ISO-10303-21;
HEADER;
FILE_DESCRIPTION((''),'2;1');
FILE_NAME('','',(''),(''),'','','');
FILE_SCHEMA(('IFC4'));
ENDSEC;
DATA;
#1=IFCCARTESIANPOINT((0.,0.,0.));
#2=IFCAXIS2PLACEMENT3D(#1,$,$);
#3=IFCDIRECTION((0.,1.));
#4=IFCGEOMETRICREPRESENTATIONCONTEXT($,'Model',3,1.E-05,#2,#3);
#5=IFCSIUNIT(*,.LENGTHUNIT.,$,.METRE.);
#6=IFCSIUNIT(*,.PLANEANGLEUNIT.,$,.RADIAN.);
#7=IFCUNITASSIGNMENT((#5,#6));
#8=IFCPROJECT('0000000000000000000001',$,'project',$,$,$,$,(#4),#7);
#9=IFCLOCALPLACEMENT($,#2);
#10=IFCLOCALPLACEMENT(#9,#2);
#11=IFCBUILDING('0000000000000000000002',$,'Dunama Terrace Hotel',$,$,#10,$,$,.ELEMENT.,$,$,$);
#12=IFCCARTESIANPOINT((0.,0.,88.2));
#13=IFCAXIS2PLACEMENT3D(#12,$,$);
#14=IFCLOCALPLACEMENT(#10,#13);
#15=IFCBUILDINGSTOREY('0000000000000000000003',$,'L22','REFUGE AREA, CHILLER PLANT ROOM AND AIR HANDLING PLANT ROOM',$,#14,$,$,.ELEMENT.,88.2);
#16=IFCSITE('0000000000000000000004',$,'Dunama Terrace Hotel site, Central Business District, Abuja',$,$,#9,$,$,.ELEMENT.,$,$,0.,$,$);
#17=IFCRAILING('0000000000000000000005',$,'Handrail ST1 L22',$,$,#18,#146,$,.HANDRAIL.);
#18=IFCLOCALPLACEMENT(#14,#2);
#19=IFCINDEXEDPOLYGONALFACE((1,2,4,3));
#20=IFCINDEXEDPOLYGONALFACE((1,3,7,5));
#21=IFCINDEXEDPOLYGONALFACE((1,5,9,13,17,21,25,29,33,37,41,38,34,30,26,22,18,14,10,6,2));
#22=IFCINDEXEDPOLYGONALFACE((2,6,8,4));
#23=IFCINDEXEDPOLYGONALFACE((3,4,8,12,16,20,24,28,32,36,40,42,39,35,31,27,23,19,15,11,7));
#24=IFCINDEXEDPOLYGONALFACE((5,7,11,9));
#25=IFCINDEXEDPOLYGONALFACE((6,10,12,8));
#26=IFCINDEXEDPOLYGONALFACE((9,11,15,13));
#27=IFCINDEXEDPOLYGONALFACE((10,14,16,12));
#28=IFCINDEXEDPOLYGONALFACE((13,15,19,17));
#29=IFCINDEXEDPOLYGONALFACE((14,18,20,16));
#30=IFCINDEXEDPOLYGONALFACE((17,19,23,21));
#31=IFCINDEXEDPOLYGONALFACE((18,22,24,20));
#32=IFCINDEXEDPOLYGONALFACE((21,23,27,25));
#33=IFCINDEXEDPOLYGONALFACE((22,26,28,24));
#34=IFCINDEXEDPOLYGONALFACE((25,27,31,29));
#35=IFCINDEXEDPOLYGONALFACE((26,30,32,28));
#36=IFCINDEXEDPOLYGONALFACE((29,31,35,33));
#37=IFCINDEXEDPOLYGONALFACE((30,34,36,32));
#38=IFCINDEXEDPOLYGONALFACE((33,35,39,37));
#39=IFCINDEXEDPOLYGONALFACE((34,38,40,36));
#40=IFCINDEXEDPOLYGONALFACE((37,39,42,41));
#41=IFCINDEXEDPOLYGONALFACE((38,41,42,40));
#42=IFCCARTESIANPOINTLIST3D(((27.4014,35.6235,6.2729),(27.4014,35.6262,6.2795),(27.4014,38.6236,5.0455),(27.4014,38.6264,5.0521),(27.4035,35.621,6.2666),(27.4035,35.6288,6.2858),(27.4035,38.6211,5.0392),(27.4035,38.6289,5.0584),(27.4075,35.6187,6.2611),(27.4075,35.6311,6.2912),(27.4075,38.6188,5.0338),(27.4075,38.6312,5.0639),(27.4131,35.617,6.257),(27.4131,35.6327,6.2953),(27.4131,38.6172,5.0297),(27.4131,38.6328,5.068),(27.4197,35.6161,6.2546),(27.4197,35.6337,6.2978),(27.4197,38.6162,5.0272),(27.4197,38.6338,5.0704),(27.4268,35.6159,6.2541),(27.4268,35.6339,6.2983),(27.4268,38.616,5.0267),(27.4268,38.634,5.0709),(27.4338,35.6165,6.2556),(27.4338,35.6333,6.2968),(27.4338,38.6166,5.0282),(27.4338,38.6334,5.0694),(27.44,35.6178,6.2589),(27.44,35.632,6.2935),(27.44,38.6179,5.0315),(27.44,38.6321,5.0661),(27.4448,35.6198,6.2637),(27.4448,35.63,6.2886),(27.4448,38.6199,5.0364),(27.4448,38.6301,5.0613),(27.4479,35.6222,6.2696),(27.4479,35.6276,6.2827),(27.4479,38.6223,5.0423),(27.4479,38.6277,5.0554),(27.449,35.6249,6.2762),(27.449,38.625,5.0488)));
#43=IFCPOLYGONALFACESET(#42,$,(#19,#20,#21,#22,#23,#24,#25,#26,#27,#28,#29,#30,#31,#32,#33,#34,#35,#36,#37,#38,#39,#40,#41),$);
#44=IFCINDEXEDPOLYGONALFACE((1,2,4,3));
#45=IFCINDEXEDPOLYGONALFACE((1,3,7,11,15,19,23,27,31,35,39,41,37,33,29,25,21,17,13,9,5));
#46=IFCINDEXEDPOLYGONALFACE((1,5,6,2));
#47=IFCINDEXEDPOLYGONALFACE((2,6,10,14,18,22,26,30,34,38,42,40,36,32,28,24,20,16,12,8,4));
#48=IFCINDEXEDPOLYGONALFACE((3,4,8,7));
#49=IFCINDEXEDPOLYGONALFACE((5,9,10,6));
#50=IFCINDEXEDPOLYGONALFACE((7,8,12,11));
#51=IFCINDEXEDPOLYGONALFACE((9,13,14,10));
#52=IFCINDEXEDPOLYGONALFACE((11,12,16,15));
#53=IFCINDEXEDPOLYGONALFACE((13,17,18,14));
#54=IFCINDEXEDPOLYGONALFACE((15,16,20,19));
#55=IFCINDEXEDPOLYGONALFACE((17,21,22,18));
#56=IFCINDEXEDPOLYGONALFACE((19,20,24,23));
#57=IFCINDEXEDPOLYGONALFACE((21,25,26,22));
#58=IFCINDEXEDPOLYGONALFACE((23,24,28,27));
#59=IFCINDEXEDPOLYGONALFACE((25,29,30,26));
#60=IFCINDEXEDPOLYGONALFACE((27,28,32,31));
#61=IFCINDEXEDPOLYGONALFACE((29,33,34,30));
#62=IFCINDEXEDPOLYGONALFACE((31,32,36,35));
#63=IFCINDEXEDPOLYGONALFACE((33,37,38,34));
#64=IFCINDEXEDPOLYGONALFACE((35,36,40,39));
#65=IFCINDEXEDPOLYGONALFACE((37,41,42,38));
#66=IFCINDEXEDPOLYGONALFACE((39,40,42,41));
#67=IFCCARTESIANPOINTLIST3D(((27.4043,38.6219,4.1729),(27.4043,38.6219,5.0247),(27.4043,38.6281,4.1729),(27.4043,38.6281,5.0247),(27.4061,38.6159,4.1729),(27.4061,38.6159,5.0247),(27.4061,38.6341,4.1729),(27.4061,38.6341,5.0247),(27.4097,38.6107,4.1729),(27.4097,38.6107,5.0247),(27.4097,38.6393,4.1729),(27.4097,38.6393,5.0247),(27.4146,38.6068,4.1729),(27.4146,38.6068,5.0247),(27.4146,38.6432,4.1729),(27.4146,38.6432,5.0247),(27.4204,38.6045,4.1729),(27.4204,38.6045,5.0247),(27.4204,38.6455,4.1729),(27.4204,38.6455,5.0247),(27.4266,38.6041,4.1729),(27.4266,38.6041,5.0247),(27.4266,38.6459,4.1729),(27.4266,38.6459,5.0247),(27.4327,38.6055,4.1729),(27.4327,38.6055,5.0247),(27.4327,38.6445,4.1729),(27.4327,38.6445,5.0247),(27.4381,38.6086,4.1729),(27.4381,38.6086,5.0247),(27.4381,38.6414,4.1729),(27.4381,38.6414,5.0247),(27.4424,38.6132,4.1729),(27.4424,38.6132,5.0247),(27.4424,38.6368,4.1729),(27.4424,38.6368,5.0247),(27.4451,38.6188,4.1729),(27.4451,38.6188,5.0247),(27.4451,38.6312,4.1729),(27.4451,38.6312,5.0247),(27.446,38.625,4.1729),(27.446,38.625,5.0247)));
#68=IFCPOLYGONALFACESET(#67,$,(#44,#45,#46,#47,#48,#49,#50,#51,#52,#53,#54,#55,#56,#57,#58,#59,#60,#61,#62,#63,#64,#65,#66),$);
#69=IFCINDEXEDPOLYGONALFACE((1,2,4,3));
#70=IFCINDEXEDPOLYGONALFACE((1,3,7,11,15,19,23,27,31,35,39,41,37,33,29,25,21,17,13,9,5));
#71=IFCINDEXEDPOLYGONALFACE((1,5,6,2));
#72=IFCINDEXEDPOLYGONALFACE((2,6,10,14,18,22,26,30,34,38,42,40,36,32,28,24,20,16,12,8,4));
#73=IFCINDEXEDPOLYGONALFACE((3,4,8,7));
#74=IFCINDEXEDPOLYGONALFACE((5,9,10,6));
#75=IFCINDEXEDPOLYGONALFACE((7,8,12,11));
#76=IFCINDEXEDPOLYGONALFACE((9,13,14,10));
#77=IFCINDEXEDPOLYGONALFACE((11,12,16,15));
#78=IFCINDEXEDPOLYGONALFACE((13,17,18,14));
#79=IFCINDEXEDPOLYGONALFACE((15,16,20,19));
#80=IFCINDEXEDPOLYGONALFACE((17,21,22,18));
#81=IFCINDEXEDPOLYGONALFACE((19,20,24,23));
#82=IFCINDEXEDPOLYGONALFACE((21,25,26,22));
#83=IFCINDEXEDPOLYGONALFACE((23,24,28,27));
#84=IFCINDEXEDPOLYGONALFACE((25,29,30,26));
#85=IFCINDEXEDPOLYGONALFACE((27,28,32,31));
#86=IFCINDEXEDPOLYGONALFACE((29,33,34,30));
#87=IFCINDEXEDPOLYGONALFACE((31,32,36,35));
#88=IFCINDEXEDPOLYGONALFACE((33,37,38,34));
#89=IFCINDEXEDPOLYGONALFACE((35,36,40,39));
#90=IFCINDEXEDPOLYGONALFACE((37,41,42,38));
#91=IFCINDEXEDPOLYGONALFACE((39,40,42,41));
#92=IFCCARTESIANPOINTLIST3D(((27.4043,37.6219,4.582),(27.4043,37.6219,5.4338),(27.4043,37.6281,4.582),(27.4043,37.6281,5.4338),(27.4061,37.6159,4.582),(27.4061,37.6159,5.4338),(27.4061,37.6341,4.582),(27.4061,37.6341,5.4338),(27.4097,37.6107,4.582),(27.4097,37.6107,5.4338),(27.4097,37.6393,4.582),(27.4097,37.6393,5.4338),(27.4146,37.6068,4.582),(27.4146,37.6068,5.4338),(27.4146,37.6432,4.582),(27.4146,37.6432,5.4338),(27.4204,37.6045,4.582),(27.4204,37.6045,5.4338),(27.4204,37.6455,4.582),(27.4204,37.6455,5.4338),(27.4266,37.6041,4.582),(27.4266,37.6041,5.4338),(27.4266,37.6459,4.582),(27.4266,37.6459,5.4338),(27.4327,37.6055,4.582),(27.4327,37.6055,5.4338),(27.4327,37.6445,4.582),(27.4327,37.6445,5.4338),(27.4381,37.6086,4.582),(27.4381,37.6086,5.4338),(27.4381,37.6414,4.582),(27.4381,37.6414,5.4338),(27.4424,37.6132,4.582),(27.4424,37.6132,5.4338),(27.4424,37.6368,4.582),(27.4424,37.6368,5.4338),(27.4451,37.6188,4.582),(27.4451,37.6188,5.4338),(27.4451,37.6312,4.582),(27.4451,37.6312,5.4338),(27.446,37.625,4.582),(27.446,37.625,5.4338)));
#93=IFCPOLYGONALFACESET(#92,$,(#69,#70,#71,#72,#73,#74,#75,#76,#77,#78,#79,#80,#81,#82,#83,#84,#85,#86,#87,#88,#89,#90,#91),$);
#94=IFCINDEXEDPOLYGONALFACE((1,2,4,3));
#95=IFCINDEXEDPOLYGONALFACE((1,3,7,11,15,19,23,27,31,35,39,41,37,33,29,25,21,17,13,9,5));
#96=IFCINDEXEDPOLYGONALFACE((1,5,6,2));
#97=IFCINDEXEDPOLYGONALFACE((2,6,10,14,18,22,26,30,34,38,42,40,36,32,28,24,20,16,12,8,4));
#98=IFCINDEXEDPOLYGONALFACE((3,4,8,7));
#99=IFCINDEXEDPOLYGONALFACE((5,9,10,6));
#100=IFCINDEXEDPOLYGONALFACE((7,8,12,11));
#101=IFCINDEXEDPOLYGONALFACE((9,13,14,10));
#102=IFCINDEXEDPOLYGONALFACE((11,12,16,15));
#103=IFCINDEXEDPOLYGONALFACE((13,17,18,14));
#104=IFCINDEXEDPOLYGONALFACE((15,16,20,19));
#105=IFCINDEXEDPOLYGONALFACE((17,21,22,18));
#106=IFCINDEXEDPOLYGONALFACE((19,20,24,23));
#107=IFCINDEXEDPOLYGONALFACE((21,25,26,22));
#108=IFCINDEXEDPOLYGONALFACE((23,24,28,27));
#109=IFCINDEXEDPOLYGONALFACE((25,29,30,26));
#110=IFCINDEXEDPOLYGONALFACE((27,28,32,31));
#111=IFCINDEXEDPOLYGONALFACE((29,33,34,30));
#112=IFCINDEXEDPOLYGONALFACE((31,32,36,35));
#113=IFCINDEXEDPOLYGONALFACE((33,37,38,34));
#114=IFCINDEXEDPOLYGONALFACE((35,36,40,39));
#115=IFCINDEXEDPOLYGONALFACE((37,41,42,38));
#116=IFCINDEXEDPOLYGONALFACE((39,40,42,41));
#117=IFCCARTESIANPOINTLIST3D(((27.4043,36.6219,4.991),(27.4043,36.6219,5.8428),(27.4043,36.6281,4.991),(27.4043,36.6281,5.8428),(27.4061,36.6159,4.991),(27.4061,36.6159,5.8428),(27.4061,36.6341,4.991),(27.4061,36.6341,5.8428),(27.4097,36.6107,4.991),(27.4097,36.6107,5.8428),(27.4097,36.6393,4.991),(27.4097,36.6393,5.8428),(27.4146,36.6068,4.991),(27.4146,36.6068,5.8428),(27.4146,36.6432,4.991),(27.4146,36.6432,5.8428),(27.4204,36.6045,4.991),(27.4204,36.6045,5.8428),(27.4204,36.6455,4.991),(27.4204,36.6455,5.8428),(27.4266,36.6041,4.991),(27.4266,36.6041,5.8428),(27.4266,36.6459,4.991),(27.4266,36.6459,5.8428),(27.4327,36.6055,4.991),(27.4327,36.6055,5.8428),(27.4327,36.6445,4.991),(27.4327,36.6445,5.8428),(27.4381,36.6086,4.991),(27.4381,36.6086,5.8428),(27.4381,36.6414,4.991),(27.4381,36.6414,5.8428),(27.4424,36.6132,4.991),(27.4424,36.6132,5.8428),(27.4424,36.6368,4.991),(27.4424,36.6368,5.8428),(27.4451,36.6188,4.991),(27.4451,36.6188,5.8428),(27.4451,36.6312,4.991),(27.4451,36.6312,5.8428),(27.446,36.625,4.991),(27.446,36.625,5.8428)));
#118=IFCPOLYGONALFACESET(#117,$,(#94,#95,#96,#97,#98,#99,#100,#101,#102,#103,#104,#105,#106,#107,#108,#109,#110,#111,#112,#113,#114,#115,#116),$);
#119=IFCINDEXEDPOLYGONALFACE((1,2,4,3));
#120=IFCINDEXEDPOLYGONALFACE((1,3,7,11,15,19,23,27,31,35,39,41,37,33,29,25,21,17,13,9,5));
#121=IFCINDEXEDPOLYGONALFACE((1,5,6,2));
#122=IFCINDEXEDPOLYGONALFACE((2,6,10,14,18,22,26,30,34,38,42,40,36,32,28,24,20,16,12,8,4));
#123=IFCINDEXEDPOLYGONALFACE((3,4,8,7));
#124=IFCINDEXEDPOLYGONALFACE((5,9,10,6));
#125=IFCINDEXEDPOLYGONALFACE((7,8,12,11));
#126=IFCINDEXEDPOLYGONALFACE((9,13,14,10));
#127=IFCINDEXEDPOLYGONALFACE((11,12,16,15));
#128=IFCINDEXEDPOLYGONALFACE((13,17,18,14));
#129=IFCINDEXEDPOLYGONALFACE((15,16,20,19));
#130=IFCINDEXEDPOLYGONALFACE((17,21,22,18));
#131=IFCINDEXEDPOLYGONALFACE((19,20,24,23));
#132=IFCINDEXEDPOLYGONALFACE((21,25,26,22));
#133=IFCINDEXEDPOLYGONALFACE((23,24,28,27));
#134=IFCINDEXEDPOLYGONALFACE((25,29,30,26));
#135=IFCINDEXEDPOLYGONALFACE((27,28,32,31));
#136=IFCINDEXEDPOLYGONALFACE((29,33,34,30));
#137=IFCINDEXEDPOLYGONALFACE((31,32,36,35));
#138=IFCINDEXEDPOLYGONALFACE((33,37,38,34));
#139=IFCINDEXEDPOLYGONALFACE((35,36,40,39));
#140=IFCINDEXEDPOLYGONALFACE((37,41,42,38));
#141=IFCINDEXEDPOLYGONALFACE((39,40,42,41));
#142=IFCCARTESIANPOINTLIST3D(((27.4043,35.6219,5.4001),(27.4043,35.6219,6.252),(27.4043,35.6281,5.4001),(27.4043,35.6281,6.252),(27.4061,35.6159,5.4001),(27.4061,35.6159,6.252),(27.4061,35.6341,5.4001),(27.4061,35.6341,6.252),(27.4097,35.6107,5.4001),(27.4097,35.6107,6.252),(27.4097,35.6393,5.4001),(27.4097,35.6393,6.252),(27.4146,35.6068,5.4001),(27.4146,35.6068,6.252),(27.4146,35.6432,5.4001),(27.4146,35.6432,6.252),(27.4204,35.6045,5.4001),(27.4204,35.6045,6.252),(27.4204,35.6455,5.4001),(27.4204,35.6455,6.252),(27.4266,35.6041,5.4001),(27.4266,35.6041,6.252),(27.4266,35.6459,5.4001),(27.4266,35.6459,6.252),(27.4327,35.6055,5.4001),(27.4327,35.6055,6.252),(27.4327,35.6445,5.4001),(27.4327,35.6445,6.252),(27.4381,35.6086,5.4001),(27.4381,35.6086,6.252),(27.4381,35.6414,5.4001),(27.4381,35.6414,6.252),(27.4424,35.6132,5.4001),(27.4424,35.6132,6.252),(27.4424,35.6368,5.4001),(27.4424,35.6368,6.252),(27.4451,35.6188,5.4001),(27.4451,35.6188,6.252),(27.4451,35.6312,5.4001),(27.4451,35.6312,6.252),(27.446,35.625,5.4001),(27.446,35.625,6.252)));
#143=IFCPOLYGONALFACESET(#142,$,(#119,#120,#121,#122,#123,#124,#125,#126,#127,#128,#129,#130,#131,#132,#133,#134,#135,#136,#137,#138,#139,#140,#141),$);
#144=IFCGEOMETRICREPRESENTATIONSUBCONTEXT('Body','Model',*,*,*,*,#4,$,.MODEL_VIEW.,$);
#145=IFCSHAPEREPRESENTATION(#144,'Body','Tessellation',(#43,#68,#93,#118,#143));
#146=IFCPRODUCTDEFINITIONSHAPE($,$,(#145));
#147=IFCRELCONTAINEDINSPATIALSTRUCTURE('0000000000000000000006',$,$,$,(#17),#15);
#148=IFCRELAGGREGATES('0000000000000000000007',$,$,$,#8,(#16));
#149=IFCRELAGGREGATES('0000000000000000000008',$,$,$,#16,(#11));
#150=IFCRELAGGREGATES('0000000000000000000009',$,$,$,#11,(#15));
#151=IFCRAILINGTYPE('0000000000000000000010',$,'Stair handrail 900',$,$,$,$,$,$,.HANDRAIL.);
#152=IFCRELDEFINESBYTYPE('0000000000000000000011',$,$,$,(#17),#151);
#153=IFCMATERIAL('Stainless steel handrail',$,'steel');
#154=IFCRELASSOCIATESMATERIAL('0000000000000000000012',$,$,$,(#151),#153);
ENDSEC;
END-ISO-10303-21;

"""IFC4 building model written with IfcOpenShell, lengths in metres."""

from ifc_helpers import new_model, si_unit, direction, frame, origin, origin_2d, place, context, subcontext, project, spatial, circle, extrude, material, type_object, element, save


model = new_model("IFC4")

# Units and contexts
model_context = context("Model", 3, precision=1e-05, world=origin(), true_north=direction((0.0, 1.0)))
body_context = subcontext(model_context, "Body", "Model", "MODEL_VIEW")
ifc_project = project(units=[si_unit("LENGTHUNIT", "METRE"), si_unit("PLANEANGLEUNIT", "RADIAN")], contexts=[model_context])

# Site, building, storey
site_placement = place(None, origin())
site = spatial("IfcSite", under=ifc_project, at=site_placement, Name="Dunama Terrace Hotel site, Central Business District, Abuja", CompositionType="ELEMENT", RefElevation=0.0)
building_placement = place(site_placement, origin())
building = spatial("IfcBuilding", under=site, at=building_placement, Name="Dunama Terrace Hotel", CompositionType="ELEMENT")
storey_placement = place(building_placement, frame((0.0, 0.0, 88.2)))
storey = spatial("IfcBuildingStorey", under=building, at=storey_placement, Name="L22", Description="REFUGE AREA, CHILLER PLANT ROOM AND AIR HANDLING PLANT ROOM", CompositionType="ELEMENT", Elevation=88.2)

# Railing
ifc_material_1 = material(Name="Stainless steel handrail", Category="steel")
railing_type = type_object("IfcRailingType", Name="Stair handrail 900", PredefinedType="HANDRAIL", material=ifc_material_1)
railing_1_placement = place(storey_placement, frame((27.425, 38.625, 4.1729)))
element("IfcRailing", 1, at=railing_1_placement, inside=storey, type_object=railing_type, Name="Handrail ST1 L22", PredefinedType="HANDRAIL", context=body_context, shape_type="SweptSolid", body=[
    extrude(circle(Radius=0.0239, at=origin_2d()), frame((0.0, 0.0, 0.876), z_axis=(0.0, -0.925545, 0.378639), x_axis=(1.0, 0.0, 0.0)), (0.0, 0.0, 1.0), 3.2415),
    extrude(circle(Radius=0.021, at=origin_2d()), origin(), (0.0, 0.0, 1.0), 0.8518),
    extrude(circle(Radius=0.021, at=origin_2d()), frame((0.0, -1.0, 0.4092)), (0.0, 0.0, 1.0), 0.8518),
    extrude(circle(Radius=0.021, at=origin_2d()), frame((0.0, -2.0, 0.8181)), (0.0, 0.0, 1.0), 0.8518),
    extrude(circle(Radius=0.021, at=origin_2d()), frame((0.0, -3.0, 1.2273)), (0.0, 0.0, 1.0), 0.8518),
])

save(model, "model.ifc")
